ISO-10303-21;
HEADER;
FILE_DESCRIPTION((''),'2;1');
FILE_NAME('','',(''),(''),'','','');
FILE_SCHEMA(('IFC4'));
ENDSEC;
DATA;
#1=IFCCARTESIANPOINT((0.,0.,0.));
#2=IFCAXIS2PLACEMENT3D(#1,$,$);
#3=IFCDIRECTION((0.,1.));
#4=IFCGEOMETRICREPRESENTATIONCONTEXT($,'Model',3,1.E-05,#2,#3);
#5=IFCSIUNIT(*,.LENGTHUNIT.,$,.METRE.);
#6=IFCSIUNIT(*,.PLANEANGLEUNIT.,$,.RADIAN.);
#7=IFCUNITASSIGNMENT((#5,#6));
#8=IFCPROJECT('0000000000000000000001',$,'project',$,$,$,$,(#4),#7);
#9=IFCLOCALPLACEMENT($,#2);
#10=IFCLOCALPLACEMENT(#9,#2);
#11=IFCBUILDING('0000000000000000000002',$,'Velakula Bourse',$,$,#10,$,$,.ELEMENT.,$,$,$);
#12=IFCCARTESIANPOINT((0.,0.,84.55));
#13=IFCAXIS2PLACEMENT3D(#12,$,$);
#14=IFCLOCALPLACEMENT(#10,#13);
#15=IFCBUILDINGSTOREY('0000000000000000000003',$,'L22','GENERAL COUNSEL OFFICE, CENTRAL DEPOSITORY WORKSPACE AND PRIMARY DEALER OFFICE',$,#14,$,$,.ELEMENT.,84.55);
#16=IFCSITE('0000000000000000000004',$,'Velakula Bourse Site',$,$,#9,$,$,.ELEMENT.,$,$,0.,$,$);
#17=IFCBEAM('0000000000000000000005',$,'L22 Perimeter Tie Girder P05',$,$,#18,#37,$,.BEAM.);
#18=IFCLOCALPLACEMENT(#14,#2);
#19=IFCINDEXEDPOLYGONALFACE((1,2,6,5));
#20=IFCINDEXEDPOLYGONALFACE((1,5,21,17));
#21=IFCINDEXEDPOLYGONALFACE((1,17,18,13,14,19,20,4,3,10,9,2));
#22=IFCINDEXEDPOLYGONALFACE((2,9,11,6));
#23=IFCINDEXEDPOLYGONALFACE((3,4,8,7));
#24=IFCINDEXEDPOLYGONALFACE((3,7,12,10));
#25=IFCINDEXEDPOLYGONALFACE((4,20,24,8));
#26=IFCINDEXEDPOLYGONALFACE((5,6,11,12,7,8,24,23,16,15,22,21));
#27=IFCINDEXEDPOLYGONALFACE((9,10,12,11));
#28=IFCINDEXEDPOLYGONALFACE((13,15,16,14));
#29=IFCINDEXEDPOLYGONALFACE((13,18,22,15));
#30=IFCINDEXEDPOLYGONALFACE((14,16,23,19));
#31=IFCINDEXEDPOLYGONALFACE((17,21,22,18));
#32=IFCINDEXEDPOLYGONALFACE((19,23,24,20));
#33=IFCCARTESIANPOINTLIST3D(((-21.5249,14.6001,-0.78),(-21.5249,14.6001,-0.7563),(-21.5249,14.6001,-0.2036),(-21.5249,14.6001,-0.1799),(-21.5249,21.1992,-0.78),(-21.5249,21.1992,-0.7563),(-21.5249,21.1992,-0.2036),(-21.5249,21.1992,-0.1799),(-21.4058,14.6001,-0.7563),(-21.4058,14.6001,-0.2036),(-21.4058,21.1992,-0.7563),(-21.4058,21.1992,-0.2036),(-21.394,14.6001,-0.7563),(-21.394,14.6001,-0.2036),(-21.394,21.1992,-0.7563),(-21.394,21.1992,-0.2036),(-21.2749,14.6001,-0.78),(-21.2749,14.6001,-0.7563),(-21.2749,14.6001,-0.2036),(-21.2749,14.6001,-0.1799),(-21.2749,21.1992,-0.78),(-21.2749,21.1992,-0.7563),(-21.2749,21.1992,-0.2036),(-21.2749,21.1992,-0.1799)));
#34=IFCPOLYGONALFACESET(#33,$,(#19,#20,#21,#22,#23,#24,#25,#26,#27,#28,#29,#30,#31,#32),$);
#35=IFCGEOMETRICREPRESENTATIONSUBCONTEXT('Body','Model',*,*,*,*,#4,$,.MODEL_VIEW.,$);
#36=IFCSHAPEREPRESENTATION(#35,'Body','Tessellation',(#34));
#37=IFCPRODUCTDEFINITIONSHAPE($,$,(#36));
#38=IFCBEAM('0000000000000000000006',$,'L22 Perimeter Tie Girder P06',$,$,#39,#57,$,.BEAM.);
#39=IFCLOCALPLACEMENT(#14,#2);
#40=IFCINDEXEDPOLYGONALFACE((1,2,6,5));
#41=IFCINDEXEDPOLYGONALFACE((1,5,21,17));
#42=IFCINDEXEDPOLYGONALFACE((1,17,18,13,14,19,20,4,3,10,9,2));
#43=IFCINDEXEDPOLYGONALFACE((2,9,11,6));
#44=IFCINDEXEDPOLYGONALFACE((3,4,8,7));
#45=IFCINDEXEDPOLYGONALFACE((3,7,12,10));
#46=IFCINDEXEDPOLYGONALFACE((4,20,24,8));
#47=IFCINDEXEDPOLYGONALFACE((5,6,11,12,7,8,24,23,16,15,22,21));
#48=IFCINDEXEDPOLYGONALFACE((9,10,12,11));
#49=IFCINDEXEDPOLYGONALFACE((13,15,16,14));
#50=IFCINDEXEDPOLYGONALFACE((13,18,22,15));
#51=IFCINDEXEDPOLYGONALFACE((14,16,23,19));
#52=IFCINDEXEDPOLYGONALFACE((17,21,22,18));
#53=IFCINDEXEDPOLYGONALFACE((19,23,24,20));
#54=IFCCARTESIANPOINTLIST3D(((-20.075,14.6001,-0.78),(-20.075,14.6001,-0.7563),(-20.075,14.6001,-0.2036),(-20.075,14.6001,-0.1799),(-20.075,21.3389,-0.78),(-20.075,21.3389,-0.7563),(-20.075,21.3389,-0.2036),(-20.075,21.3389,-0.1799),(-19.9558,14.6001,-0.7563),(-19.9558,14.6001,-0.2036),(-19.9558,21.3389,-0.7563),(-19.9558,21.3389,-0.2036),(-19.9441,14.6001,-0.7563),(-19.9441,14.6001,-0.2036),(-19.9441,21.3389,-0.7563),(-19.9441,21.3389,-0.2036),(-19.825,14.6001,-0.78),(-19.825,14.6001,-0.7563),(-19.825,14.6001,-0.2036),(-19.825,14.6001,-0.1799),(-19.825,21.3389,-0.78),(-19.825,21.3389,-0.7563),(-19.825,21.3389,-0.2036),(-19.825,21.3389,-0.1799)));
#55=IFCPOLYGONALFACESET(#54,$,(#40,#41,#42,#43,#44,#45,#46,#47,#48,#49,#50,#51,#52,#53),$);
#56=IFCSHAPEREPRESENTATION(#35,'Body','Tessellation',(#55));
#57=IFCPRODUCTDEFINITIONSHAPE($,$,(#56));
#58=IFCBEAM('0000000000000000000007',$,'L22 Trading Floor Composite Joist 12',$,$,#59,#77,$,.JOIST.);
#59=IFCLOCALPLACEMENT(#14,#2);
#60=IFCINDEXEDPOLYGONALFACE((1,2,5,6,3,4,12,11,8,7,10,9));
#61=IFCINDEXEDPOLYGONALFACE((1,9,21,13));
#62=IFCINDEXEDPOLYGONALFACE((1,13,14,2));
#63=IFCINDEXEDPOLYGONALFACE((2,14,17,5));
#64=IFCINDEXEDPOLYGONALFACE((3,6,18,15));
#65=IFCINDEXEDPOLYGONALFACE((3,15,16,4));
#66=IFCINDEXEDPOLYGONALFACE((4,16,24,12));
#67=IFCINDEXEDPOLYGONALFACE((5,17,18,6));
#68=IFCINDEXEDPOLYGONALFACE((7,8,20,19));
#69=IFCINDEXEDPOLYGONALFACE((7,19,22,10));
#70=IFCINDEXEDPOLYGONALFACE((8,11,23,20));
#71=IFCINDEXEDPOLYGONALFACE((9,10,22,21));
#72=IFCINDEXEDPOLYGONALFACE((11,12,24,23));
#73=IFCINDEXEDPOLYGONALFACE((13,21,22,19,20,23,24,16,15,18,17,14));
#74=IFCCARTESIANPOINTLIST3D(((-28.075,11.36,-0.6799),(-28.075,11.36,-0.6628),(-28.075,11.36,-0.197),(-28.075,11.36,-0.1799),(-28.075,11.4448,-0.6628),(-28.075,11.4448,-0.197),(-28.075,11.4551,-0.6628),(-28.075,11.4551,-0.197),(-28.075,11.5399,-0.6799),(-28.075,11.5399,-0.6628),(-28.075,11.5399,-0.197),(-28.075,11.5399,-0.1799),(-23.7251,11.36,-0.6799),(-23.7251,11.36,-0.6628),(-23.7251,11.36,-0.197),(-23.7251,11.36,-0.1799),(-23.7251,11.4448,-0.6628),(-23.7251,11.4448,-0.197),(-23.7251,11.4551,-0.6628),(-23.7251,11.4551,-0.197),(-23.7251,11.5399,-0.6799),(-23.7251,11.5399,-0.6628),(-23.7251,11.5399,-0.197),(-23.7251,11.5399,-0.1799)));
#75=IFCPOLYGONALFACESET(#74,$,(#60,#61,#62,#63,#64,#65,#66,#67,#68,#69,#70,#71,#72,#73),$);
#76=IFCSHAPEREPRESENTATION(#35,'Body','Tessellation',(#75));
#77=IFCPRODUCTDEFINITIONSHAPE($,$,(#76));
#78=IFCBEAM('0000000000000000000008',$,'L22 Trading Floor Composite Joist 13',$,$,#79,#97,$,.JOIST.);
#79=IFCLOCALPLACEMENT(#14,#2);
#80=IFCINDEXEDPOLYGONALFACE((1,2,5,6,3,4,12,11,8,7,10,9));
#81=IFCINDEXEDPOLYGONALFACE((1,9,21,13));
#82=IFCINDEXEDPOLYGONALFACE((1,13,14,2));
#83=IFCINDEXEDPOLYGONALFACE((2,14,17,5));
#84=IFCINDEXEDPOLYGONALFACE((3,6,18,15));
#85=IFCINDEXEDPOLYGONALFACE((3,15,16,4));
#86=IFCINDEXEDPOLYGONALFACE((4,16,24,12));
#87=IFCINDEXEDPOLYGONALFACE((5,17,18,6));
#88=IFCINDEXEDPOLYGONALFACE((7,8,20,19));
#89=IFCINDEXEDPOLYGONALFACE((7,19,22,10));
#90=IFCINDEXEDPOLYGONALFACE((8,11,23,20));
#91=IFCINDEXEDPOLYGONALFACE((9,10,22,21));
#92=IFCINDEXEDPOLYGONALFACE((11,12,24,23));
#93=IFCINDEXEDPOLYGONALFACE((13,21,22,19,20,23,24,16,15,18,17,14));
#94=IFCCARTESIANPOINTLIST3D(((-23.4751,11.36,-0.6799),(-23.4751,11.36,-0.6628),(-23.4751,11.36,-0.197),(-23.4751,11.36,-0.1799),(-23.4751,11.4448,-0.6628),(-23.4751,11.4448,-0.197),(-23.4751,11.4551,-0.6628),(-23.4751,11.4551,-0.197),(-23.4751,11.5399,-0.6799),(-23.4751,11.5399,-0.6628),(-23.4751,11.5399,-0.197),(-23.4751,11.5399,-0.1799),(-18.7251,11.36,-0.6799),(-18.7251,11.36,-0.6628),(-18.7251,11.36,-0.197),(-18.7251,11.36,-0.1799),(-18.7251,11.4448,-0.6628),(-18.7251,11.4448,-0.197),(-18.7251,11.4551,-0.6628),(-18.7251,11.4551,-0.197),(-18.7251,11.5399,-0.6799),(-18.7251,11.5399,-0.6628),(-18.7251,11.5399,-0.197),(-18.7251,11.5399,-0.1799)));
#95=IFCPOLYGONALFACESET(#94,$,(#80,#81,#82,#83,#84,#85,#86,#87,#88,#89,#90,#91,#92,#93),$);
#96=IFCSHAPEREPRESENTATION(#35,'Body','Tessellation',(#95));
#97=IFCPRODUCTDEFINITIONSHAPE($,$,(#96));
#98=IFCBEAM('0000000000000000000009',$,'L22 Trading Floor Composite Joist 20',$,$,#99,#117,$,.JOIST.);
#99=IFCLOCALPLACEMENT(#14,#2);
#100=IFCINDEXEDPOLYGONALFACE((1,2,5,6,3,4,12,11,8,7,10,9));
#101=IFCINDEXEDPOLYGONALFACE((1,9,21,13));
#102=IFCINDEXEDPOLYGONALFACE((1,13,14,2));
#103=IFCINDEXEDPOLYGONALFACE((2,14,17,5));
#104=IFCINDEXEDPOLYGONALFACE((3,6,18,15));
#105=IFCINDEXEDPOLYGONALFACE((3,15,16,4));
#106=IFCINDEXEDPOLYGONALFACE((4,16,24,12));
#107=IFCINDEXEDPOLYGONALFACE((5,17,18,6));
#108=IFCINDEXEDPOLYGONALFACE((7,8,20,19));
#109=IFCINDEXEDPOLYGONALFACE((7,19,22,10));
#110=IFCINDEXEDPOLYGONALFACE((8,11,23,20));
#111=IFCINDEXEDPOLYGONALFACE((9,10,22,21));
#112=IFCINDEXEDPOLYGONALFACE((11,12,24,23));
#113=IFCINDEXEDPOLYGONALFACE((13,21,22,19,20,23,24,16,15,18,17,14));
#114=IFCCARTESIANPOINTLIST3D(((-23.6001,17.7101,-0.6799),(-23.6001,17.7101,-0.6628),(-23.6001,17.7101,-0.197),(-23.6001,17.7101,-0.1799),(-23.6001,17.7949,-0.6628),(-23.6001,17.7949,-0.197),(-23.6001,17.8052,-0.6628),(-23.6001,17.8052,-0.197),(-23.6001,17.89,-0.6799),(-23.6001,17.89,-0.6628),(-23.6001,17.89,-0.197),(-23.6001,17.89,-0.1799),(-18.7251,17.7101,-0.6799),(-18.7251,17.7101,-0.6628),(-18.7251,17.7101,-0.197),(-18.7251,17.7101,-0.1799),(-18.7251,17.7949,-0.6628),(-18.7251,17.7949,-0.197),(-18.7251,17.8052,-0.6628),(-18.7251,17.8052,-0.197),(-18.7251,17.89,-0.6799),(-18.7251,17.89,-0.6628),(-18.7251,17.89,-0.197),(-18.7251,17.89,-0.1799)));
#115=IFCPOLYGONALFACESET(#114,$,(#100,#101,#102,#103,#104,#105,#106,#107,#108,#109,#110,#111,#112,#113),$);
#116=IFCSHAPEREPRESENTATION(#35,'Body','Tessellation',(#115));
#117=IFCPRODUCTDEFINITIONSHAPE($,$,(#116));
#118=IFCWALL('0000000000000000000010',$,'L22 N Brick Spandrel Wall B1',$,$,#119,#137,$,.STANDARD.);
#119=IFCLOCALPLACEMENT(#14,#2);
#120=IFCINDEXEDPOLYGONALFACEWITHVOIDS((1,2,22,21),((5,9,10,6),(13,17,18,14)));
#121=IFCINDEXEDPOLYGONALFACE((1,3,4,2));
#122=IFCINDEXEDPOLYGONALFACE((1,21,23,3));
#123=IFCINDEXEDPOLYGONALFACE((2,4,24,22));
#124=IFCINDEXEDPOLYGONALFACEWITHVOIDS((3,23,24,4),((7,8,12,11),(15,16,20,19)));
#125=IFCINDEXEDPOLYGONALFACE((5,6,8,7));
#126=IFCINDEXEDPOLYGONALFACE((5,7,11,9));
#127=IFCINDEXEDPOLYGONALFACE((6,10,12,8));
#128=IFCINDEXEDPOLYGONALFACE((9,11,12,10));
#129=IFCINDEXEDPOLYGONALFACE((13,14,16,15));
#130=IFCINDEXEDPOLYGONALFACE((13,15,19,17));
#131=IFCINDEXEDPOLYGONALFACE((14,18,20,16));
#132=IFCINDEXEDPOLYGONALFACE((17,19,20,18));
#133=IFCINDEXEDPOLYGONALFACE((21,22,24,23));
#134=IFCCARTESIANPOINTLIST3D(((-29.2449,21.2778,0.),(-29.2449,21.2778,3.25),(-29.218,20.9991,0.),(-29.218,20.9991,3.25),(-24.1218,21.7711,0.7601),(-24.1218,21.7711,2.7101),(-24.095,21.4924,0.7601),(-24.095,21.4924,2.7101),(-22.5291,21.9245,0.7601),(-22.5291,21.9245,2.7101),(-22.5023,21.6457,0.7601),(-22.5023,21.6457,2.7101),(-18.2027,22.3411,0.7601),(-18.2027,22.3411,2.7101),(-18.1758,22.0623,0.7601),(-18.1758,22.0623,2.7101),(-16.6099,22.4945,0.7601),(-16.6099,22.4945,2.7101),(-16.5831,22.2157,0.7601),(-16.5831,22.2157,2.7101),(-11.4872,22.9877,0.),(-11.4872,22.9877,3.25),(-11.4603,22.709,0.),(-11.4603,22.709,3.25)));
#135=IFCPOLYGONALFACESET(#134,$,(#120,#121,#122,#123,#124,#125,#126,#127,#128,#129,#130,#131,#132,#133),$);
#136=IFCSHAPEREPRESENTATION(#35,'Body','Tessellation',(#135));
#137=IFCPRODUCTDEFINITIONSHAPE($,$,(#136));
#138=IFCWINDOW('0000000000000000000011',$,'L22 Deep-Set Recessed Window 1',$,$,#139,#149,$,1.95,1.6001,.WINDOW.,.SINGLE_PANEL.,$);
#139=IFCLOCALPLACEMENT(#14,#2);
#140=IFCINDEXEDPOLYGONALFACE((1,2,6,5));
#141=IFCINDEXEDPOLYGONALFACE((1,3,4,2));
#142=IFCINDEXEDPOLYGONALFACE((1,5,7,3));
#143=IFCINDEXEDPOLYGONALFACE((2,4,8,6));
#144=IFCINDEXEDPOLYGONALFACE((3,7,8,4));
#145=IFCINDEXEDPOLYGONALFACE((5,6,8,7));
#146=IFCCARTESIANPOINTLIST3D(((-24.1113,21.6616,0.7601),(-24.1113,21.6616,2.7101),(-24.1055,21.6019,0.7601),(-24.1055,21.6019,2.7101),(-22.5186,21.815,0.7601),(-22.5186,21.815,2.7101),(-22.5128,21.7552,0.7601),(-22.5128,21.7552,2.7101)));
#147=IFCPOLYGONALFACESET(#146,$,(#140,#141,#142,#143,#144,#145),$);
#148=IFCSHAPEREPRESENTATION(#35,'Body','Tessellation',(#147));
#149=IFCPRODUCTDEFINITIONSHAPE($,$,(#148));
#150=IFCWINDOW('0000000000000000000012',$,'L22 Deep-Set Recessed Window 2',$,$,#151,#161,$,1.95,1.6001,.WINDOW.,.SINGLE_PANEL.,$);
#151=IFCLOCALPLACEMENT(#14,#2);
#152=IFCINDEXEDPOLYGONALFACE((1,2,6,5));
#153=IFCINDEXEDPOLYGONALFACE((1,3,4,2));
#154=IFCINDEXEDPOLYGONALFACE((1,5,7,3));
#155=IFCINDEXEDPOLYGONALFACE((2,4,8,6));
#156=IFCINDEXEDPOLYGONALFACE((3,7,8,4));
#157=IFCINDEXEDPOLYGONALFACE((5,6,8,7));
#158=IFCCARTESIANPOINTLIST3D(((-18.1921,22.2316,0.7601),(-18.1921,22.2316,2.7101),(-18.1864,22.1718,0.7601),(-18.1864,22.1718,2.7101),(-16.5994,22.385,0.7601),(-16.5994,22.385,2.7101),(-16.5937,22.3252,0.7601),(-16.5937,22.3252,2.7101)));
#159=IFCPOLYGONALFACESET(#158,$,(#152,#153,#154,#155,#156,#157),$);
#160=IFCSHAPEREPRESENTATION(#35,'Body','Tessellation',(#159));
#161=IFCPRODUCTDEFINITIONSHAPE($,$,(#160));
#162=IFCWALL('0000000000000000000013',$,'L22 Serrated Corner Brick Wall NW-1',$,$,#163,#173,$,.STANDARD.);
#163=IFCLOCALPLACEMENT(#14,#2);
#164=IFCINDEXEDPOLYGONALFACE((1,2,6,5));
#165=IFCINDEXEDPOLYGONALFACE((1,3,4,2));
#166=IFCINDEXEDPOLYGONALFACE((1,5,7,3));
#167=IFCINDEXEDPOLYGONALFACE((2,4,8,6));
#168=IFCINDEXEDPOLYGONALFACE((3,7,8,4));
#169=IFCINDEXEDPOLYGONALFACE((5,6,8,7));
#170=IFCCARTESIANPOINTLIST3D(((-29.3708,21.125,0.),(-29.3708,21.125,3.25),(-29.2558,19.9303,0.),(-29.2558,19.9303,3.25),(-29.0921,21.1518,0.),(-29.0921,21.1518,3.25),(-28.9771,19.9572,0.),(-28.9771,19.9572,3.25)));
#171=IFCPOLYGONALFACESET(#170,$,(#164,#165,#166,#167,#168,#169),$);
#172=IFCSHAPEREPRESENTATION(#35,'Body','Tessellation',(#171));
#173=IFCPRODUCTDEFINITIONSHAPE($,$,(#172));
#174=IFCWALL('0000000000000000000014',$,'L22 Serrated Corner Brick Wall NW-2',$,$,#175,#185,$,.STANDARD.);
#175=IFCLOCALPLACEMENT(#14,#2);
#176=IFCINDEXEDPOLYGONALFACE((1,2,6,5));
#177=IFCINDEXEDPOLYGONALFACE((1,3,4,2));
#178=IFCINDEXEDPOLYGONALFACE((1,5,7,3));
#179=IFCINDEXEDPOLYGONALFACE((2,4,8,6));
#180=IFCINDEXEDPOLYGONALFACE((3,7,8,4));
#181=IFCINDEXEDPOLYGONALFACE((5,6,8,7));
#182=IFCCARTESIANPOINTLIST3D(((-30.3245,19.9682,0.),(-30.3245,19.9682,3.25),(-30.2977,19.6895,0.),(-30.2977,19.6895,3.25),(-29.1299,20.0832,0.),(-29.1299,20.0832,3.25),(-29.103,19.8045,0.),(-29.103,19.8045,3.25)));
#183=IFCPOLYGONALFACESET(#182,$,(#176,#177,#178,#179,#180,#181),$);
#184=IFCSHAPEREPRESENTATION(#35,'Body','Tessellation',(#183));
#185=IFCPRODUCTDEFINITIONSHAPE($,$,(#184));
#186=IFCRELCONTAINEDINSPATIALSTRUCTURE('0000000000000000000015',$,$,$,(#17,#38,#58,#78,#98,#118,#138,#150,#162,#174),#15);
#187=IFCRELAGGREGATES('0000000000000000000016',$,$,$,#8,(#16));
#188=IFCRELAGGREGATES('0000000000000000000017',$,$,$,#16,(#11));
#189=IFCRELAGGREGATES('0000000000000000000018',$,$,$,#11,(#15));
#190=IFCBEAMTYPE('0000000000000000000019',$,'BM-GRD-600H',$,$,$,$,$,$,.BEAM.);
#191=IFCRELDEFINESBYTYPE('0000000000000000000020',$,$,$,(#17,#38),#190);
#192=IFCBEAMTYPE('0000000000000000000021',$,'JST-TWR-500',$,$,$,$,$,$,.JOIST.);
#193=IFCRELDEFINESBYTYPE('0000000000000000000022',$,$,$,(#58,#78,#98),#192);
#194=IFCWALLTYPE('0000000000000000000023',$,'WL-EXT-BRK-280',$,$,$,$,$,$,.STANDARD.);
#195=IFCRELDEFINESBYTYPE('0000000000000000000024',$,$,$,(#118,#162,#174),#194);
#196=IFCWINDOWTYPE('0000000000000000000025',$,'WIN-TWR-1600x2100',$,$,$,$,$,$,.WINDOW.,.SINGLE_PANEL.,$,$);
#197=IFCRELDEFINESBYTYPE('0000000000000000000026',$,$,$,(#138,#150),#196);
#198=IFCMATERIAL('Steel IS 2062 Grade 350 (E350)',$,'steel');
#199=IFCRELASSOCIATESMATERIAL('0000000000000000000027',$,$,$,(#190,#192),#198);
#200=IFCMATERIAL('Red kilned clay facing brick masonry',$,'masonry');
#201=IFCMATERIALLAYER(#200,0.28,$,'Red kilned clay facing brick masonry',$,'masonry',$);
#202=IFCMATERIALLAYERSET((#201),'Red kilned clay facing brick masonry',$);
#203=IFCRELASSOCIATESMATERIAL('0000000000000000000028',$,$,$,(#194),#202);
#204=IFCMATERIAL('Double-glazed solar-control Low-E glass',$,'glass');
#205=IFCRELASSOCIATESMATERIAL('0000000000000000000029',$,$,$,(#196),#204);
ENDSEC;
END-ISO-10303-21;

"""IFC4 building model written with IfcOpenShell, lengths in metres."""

from ifc_helpers import new_model, si_unit, direction, frame, frame_2d, origin, origin_2d, place, context, subcontext, project, spatial, rectangle, i_section, extrude, material, layer, layer_set, material_profile, profile_set, type_object, element, fill, save


model = new_model("IFC4")

# Units and contexts
model_context = context("Model", 3, precision=1e-05, world=origin(), true_north=direction((0.0, 1.0)))
body_context = subcontext(model_context, "Body", "Model", "MODEL_VIEW")
ifc_project = project(units=[si_unit("LENGTHUNIT", "METRE"), si_unit("PLANEANGLEUNIT", "RADIAN")], contexts=[model_context])

# Site, building, storey
site_placement = place(None, origin())
site = spatial("IfcSite", under=ifc_project, at=site_placement, Name="Velakula Bourse Site", CompositionType="ELEMENT", RefElevation=0.0)
building_placement = place(site_placement, origin())
building = spatial("IfcBuilding", under=site, at=building_placement, Name="Velakula Bourse", CompositionType="ELEMENT")
storey_placement = place(building_placement, frame((0.0, 0.0, 84.55)))
storey = spatial("IfcBuildingStorey", under=building, at=storey_placement, Name="L22", Description="GENERAL COUNSEL OFFICE, CENTRAL DEPOSITORY WORKSPACE AND PRIMARY DEALER OFFICE", CompositionType="ELEMENT", Elevation=84.55)

# Beams
ifc_material_1 = material(Name="Steel IS 2062 Grade 350 (E350)", Category="steel")
ifc_material_profile_1 = material_profile(ifc_material_1, i_section(OverallWidth=0.25, OverallDepth=0.6001, WebThickness=0.0117, FlangeThickness=0.0237, at=origin_2d()), Name="Steel IS 2062 Grade 350 (E350)")
ifc_profile_set_1 = profile_set([ifc_material_profile_1], Name="Steel IS 2062 Grade 350 (E350)")
beam_type_1 = type_object("IfcBeamType", Name="BM-GRD-600H", PredefinedType="BEAM", material=ifc_profile_set_1)
beam_1_placement = place(storey_placement, frame((-21.3999, 14.6001, -0.48), z_axis=(0.0, 1.0, 0.0), x_axis=(-1.0, 0.0, 0.0)))
element("IfcBeam", 1, at=beam_1_placement, inside=storey, type_object=beam_type_1, Name="L22 Perimeter Tie Girder P05", PredefinedType="BEAM", context=body_context, shape_type="SweptSolid", body=[
    extrude(i_section(OverallWidth=0.25, OverallDepth=0.6001, WebThickness=0.0117, FlangeThickness=0.0237, at=origin_2d()), origin(), (0.0, 0.0, 1.0), 6.5991),
])
beam_2_placement = place(storey_placement, frame((-19.95, 14.6001, -0.48), z_axis=(0.0, 1.0, 0.0), x_axis=(-1.0, 0.0, 0.0)))
element("IfcBeam", 2, at=beam_2_placement, inside=storey, type_object=beam_type_1, Name="L22 Perimeter Tie Girder P06", PredefinedType="BEAM", context=body_context, shape_type="SweptSolid", body=[
    extrude(i_section(OverallWidth=0.25, OverallDepth=0.6001, WebThickness=0.0117, FlangeThickness=0.0237, at=origin_2d()), origin(), (0.0, 0.0, 1.0), 6.7388),
])
ifc_material_profile_2 = material_profile(ifc_material_1, i_section(OverallWidth=0.1799, OverallDepth=0.5, WebThickness=0.0103, FlangeThickness=0.0171, at=origin_2d()), Name="Steel IS 2062 Grade 350 (E350)")
ifc_profile_set_2 = profile_set([ifc_material_profile_2], Name="Steel IS 2062 Grade 350 (E350)")
beam_type_2 = type_object("IfcBeamType", Name="JST-TWR-500", PredefinedType="JOIST", material=ifc_profile_set_2)
beam_3_placement = place(storey_placement, frame((-28.075, 11.45, -0.4299), z_axis=(1.0, 0.0, 0.0), x_axis=(0.0, 1.0, 0.0)))
element("IfcBeam", 3, at=beam_3_placement, inside=storey, type_object=beam_type_2, Name="L22 Trading Floor Composite Joist 12", PredefinedType="JOIST", context=body_context, shape_type="SweptSolid", body=[
    extrude(i_section(OverallWidth=0.1799, OverallDepth=0.5, WebThickness=0.0103, FlangeThickness=0.0171, at=origin_2d()), origin(), (0.0, 0.0, 1.0), 4.3499),
])
beam_4_placement = place(storey_placement, frame((-23.4751, 11.45, -0.4299), z_axis=(1.0, 0.0, 0.0), x_axis=(0.0, 1.0, 0.0)))
element("IfcBeam", 4, at=beam_4_placement, inside=storey, type_object=beam_type_2, Name="L22 Trading Floor Composite Joist 13", PredefinedType="JOIST", context=body_context, shape_type="SweptSolid", body=[
    extrude(i_section(OverallWidth=0.1799, OverallDepth=0.5, WebThickness=0.0103, FlangeThickness=0.0171, at=origin_2d()), origin(), (0.0, 0.0, 1.0), 4.75),
])
beam_5_placement = place(storey_placement, frame((-23.6001, 17.8, -0.4299), z_axis=(1.0, 0.0, 0.0), x_axis=(0.0, 1.0, 0.0)))
element("IfcBeam", 5, at=beam_5_placement, inside=storey, type_object=beam_type_2, Name="L22 Trading Floor Composite Joist 20", PredefinedType="JOIST", context=body_context, shape_type="SweptSolid", body=[
    extrude(i_section(OverallWidth=0.1799, OverallDepth=0.5, WebThickness=0.0103, FlangeThickness=0.0171, at=origin_2d()), origin(), (0.0, 0.0, 1.0), 4.875),
])

# Wall, openings, windows
ifc_material_2 = material(Name="Red kilned clay facing brick masonry", Category="masonry")
ifc_layer_1 = layer(ifc_material_2, 0.28, Name="Red kilned clay facing brick masonry", Category="masonry")
ifc_layer_set_1 = layer_set([ifc_layer_1], Name="Red kilned clay facing brick masonry")
wall_type_1 = type_object("IfcWallType", Name="WL-EXT-BRK-280", PredefinedType="STANDARD", material=ifc_layer_set_1)
wall_1_placement = place(storey_placement, frame((-29.2314, 21.1384, 0.0), z_axis=(0.0, 0.0, 1.0), x_axis=(0.995396, 0.09585, 0.0)))
wall_1 = element("IfcWall", 6, at=wall_1_placement, inside=storey, type_object=wall_type_1, Name="L22 N Brick Spandrel Wall B1", PredefinedType="STANDARD", context=body_context, shape_type="SweptSolid", body=[
    extrude(rectangle(XDim=17.8398, YDim=0.28, at=frame_2d((8.9199, 0.0))), origin(), (0.0, 0.0, 1.0), 3.25),
])
opening_1_placement = place(wall_1_placement, frame((5.1467, 0.0, 0.76)))
opening_1 = element("IfcOpeningElement", 7, at=opening_1_placement, cuts=wall_1, PredefinedType="OPENING", context=body_context, shape_type="SweptSolid", body=[
    extrude(rectangle(XDim=1.6001, YDim=1.95, at=frame_2d((0.8, 0.9751))), frame((0.0, 0.1499, 0.0), z_axis=(0.0, -1.0, 0.0), x_axis=(1.0, 0.0, 0.0)), (0.0, 0.0, 1.0), 0.3),
])
opening_2_placement = place(wall_1_placement, frame((11.0933, 0.0, 0.76)))
opening_2 = element("IfcOpeningElement", 8, at=opening_2_placement, cuts=wall_1, PredefinedType="OPENING", context=body_context, shape_type="SweptSolid", body=[
    extrude(rectangle(XDim=1.6001, YDim=1.95, at=frame_2d((0.8, 0.9751))), frame((0.0, 0.1499, 0.0), z_axis=(0.0, -1.0, 0.0), x_axis=(1.0, 0.0, 0.0)), (0.0, 0.0, 1.0), 0.3),
])
ifc_material_3 = material(Name="Double-glazed solar-control Low-E glass", Category="glass")
window_type = type_object("IfcWindowType", Name="WIN-TWR-1600x2100", PartitioningType="SINGLE_PANEL", PredefinedType="WINDOW", material=ifc_material_3)
window_1_placement = place(opening_1_placement, origin())
window_1 = element("IfcWindow", 9, at=window_1_placement, inside=storey, type_object=window_type, Name="L22 Deep-Set Recessed Window 1", OverallHeight=1.95, OverallWidth=1.6001, PartitioningType="SINGLE_PANEL", PredefinedType="WINDOW", context=body_context, shape_type="SweptSolid", body=[
    extrude(rectangle(XDim=1.6001, YDim=1.95, at=frame_2d((0.8, 0.9751))), frame((0.0, 0.03, 0.0), z_axis=(0.0, -1.0, 0.0), x_axis=(1.0, 0.0, 0.0)), (0.0, 0.0, 1.0), 0.0601),
])
fill(opening_1, window_1)
window_2_placement = place(opening_2_placement, origin())
window_2 = element("IfcWindow", 10, at=window_2_placement, inside=storey, type_object=window_type, Name="L22 Deep-Set Recessed Window 2", OverallHeight=1.95, OverallWidth=1.6001, PartitioningType="SINGLE_PANEL", PredefinedType="WINDOW", context=body_context, shape_type="SweptSolid", body=[
    extrude(rectangle(XDim=1.6001, YDim=1.95, at=frame_2d((0.8, 0.9751))), frame((0.0, 0.03, 0.0), z_axis=(0.0, -1.0, 0.0), x_axis=(1.0, 0.0, 0.0)), (0.0, 0.0, 1.0), 0.0601),
])
fill(opening_2, window_2)

# Walls
for number, where, z_axis, x_axis, name in (
    (11, (-29.2314, 21.1384, 0.0), (0.0, 0.0, 1.0), (0.095817, -0.995399, 0.0), "L22 Serrated Corner Brick Wall NW-1"),
    (12, (-29.1165, 19.9438, 0.0), (0.0, 0.0, 1.0), (-0.995399, -0.095817, 0.0), "L22 Serrated Corner Brick Wall NW-2"),
):
    element("IfcWall", number, at=place(storey_placement, frame(where, z_axis=z_axis, x_axis=x_axis)), inside=storey, type_object=wall_type_1, Name=name, PredefinedType="STANDARD", context=body_context, shape_type="SweptSolid", body=[
        extrude(rectangle(XDim=1.2002, YDim=0.28, at=frame_2d((0.6001, 0.0))), origin(), (0.0, 0.0, 1.0), 3.25),
    ])

save(model, "model.ifc")
